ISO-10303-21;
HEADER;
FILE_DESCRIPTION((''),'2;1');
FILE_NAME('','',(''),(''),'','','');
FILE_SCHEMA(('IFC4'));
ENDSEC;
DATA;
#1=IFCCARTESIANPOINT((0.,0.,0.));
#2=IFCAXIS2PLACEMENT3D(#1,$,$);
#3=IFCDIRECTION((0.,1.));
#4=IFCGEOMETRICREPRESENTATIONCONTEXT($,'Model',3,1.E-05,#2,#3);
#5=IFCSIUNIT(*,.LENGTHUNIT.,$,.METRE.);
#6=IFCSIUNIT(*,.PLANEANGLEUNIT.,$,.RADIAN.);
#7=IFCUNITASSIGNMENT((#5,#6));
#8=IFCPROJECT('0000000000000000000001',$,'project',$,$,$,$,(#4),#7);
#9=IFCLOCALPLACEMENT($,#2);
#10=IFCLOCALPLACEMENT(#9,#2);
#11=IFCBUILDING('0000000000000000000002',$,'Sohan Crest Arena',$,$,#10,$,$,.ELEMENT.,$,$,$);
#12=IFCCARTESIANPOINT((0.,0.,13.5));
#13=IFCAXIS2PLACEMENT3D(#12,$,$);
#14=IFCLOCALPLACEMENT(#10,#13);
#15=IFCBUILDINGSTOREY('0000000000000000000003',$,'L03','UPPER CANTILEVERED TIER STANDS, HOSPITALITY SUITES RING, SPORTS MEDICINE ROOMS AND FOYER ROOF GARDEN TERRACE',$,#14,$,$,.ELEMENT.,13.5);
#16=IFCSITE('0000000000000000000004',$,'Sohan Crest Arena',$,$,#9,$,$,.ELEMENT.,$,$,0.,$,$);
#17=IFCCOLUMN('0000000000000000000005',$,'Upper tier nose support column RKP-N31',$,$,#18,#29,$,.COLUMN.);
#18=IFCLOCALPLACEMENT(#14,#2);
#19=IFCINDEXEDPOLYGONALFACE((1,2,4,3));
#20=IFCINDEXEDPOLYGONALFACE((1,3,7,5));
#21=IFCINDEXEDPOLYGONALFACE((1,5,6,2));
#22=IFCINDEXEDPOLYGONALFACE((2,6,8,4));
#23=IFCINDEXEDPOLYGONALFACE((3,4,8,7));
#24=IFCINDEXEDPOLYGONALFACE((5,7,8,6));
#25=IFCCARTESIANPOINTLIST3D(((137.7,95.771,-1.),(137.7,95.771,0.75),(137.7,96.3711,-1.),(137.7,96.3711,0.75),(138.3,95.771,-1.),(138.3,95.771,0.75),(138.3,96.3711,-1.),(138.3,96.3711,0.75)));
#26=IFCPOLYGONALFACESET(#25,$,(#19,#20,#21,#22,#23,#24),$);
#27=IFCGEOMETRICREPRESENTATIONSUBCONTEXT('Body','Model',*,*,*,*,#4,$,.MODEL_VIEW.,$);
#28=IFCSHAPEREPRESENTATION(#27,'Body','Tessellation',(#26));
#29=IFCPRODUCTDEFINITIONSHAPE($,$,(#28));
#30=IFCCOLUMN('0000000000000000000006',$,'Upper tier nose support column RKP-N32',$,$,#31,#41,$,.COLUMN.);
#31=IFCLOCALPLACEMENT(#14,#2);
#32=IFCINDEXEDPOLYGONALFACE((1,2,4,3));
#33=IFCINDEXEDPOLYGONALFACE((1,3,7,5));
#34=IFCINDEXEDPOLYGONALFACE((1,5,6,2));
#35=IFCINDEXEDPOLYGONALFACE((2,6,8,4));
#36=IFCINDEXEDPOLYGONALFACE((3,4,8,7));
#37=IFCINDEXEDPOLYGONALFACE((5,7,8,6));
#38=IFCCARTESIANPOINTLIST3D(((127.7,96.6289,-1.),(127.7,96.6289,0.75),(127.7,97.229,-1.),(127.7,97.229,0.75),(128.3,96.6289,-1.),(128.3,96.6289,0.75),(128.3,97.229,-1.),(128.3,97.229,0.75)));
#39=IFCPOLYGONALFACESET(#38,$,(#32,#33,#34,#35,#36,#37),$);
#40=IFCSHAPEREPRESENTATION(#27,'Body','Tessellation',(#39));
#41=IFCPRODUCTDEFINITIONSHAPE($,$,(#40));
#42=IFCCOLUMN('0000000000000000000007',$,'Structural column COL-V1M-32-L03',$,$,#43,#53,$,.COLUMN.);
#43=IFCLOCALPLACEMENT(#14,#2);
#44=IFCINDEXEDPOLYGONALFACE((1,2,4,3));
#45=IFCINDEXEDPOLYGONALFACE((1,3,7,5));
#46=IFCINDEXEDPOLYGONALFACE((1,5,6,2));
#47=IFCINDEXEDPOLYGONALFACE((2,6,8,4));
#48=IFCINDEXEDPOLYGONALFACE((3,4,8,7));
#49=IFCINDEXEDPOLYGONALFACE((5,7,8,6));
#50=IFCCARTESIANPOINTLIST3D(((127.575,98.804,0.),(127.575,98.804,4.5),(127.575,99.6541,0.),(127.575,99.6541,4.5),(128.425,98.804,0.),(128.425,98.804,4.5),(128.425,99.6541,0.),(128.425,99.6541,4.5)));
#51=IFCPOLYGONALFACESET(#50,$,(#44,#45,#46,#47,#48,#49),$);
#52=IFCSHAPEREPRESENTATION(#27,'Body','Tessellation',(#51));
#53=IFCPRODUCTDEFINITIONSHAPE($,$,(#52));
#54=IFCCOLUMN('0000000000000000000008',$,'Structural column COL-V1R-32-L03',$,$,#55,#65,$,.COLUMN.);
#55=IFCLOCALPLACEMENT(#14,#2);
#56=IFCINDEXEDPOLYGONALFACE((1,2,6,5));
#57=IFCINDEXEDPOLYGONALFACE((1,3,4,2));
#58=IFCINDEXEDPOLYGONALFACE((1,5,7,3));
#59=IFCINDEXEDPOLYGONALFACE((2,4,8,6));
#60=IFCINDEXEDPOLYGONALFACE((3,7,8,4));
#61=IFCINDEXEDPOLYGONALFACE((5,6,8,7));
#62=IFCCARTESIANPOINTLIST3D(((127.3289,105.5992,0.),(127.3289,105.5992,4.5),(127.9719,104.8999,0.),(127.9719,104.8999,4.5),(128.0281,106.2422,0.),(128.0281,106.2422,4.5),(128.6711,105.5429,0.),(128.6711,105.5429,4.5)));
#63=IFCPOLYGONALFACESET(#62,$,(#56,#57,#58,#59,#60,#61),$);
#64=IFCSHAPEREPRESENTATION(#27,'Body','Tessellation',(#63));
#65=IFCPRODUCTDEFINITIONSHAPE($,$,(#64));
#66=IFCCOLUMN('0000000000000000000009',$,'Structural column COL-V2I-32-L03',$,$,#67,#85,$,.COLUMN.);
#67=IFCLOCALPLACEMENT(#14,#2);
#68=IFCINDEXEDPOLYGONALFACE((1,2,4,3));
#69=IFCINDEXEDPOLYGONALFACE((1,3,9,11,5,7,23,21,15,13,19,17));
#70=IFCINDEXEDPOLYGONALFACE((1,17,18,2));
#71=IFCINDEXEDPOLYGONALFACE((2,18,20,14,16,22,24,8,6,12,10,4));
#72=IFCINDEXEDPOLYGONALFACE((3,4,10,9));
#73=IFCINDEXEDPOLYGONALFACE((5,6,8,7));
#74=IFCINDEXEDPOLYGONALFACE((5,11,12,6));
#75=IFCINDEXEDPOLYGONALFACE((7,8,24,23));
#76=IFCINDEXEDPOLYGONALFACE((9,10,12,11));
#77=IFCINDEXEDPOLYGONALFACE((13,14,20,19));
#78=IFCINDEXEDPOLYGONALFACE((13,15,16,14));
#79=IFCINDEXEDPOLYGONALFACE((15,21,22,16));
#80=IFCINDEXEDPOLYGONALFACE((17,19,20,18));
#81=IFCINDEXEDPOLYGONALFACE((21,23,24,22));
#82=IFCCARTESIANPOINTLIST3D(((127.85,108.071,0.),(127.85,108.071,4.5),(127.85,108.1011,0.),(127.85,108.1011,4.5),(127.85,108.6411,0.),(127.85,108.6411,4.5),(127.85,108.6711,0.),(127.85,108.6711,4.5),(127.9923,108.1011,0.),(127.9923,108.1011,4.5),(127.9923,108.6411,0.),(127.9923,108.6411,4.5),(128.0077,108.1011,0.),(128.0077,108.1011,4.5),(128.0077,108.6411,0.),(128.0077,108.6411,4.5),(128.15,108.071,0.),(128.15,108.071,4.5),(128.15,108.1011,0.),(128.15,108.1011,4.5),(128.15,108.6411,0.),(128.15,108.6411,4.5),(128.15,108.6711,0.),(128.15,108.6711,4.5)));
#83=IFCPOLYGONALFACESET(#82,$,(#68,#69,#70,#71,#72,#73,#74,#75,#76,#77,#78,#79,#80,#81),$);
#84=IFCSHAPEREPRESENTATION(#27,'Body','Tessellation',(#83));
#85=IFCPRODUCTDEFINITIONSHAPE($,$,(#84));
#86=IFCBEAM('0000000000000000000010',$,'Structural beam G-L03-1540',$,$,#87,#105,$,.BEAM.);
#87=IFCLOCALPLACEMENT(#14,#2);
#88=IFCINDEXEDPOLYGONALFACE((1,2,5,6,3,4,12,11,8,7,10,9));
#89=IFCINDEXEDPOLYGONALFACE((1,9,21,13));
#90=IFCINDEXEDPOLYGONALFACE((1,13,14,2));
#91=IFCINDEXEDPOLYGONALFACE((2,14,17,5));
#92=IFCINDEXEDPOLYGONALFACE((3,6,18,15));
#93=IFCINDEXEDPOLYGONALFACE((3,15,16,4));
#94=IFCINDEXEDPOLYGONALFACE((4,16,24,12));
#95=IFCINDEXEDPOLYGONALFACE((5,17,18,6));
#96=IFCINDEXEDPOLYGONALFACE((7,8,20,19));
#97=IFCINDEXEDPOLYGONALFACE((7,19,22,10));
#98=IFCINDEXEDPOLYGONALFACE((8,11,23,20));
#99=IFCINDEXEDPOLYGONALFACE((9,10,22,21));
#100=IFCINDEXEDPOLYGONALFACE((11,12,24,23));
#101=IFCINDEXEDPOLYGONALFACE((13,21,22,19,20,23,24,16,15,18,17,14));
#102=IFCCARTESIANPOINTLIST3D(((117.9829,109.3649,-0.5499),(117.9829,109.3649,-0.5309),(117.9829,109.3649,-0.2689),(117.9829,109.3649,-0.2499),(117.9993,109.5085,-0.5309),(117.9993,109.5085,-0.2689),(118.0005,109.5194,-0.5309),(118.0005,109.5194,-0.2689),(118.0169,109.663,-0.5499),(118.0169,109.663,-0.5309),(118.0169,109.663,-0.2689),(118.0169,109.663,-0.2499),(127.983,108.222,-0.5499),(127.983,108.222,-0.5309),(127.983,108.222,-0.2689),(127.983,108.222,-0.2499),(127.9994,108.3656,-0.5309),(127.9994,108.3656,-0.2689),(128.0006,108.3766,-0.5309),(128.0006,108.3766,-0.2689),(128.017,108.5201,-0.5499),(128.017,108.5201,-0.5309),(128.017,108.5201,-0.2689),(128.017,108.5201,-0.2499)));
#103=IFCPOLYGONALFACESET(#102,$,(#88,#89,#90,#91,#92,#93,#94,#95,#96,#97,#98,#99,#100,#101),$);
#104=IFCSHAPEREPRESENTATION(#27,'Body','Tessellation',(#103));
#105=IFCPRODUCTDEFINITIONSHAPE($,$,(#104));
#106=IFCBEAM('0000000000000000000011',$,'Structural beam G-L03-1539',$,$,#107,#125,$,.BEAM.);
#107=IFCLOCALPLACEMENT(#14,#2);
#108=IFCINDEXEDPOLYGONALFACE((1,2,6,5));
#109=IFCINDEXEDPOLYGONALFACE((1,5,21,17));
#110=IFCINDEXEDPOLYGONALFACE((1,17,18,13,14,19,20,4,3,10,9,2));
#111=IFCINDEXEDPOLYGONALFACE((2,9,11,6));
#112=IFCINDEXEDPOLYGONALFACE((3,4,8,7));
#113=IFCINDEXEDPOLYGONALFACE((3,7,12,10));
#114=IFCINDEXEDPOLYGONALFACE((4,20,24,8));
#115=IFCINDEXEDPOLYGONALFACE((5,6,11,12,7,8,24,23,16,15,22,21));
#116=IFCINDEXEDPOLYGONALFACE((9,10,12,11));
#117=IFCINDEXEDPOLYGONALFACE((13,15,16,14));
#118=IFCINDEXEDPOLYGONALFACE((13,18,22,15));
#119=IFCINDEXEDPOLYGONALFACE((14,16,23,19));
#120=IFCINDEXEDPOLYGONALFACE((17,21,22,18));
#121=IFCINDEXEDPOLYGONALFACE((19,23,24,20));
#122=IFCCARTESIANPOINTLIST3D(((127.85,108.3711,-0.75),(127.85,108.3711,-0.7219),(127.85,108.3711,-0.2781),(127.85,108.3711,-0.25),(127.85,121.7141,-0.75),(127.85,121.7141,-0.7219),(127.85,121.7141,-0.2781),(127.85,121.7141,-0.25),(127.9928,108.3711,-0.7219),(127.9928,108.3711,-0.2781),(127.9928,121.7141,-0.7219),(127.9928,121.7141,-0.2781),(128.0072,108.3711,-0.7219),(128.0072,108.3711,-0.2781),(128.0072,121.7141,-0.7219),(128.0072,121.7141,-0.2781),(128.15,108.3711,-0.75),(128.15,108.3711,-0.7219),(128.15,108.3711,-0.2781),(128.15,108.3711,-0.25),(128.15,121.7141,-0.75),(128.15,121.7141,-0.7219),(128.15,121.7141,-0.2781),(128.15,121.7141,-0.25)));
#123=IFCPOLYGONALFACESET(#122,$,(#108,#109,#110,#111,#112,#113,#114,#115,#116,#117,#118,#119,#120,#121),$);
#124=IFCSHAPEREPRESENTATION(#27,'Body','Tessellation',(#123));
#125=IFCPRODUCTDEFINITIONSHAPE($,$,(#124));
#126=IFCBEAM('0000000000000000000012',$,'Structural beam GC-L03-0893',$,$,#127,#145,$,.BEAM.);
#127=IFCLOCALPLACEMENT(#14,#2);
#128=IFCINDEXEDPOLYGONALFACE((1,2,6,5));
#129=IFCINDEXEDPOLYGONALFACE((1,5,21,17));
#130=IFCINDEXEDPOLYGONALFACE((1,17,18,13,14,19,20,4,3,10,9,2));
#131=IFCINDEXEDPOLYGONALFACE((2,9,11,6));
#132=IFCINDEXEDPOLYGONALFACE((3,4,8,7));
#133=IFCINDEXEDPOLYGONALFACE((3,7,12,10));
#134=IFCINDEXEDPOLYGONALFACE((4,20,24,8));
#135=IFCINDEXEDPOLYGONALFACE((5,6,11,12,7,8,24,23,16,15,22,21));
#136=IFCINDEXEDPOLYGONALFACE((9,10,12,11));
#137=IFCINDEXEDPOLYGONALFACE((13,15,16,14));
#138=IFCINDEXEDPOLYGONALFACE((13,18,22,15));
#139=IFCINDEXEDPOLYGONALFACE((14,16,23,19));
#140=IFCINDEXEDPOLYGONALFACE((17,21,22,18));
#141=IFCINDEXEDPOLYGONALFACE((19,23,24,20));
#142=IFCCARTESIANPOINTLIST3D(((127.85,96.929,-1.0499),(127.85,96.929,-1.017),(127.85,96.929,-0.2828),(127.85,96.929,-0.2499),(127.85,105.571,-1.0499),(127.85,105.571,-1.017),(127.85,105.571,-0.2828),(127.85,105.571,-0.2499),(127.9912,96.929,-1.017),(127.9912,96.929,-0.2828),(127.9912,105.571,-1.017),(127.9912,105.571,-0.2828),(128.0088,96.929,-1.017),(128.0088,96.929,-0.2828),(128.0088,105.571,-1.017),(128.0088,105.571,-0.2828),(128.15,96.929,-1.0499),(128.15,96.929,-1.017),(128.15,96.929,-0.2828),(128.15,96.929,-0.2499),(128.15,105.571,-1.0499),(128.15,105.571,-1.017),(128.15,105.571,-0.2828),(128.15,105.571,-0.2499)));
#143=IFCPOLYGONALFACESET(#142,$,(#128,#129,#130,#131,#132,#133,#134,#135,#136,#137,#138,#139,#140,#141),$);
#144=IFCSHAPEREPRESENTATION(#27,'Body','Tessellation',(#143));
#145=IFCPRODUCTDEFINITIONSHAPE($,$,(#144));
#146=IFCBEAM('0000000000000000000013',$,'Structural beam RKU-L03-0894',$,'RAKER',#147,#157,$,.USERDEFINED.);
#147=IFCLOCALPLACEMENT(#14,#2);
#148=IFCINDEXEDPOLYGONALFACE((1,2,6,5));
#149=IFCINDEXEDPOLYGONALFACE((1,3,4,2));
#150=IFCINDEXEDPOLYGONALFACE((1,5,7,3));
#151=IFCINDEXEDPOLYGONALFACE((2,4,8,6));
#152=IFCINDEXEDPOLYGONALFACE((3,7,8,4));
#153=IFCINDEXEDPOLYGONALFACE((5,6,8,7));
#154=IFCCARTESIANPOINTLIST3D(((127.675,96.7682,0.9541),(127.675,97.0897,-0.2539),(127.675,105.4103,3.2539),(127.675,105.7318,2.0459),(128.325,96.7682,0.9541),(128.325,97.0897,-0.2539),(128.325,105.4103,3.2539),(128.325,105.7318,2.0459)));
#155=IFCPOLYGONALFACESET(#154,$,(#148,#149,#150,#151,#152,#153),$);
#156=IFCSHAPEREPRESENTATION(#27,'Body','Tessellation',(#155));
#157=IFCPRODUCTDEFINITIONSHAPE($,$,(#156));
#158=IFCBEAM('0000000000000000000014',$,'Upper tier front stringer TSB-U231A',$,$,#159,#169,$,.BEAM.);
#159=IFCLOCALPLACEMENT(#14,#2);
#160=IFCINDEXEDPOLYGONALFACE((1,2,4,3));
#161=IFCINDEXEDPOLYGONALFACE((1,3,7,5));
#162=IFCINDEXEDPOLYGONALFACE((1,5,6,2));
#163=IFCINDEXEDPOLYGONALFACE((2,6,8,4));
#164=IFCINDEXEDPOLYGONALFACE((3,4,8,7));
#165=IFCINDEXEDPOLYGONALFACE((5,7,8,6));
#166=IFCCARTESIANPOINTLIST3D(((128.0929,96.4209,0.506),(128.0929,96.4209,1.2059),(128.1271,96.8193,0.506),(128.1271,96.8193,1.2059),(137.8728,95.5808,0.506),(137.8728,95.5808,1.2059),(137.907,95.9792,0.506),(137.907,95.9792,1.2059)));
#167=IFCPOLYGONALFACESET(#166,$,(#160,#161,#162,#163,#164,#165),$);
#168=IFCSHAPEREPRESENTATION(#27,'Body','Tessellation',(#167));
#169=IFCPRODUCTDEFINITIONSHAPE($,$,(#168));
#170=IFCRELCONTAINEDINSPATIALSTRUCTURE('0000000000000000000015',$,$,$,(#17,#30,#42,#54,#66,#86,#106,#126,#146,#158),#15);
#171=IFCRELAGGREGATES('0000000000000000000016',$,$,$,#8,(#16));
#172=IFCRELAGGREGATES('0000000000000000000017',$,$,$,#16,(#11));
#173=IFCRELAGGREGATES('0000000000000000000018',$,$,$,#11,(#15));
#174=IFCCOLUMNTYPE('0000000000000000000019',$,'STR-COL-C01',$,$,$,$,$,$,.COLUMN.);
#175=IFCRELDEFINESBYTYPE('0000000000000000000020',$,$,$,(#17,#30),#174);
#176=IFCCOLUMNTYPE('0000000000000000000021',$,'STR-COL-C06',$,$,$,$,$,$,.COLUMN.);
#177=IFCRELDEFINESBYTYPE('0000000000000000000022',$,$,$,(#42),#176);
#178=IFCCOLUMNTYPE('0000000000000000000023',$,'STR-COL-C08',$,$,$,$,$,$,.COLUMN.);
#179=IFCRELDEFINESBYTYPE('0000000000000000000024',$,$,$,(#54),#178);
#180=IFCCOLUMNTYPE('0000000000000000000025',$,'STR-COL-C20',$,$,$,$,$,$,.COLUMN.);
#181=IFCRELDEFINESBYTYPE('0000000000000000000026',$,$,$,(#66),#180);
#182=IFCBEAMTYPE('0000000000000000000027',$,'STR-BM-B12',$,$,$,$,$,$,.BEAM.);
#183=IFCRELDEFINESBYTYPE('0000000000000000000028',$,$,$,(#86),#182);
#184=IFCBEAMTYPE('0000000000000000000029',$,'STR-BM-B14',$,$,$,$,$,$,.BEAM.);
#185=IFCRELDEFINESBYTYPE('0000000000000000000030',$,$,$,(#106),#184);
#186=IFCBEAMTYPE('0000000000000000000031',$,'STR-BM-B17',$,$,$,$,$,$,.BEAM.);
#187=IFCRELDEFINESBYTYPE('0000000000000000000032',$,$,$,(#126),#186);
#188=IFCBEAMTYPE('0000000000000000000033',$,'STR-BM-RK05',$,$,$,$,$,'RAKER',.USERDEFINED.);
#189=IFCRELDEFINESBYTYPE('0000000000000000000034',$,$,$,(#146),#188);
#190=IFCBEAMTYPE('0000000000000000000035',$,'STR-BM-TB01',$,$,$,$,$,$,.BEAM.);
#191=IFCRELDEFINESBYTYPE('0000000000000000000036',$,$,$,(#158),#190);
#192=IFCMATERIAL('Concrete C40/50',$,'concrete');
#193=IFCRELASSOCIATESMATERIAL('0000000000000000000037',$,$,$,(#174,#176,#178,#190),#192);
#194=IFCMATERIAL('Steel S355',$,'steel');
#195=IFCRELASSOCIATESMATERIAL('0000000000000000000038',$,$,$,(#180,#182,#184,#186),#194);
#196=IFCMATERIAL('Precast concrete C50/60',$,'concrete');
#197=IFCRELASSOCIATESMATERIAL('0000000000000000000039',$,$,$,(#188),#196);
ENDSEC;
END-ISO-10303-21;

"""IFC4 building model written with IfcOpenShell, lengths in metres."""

from ifc_helpers import new_model, si_unit, direction, frame, origin, origin_2d, place, context, subcontext, project, spatial, rectangle, i_section, extrude, material, material_profile, profile_set, type_object, element, save


model = new_model("IFC4")

# Units and contexts
model_context = context("Model", 3, precision=1e-05, world=origin(), true_north=direction((0.0, 1.0)))
body_context = subcontext(model_context, "Body", "Model", "MODEL_VIEW")
ifc_project = project(units=[si_unit("LENGTHUNIT", "METRE"), si_unit("PLANEANGLEUNIT", "RADIAN")], contexts=[model_context])

# Site, building, storey
site_placement = place(None, origin())
site = spatial("IfcSite", under=ifc_project, at=site_placement, Name="Sohan Crest Arena", CompositionType="ELEMENT", RefElevation=0.0)
building_placement = place(site_placement, origin())
building = spatial("IfcBuilding", under=site, at=building_placement, Name="Sohan Crest Arena", CompositionType="ELEMENT")
storey_placement = place(building_placement, frame((0.0, 0.0, 13.5)))
storey = spatial("IfcBuildingStorey", under=building, at=storey_placement, Name="L03", Description="UPPER CANTILEVERED TIER STANDS, HOSPITALITY SUITES RING, SPORTS MEDICINE ROOMS AND FOYER ROOF GARDEN TERRACE", CompositionType="ELEMENT", Elevation=13.5)

# Columns
ifc_material_1 = material(Name="Concrete C40/50", Category="concrete")
ifc_material_profile_1 = material_profile(ifc_material_1, rectangle(XDim=0.6001, YDim=0.6001, at=origin_2d()), Name="RC 600x600")
ifc_profile_set_1 = profile_set([ifc_material_profile_1], Name="Concrete C40/50")
column_type_1 = type_object("IfcColumnType", Name="STR-COL-C01", PredefinedType="COLUMN", material=ifc_profile_set_1)
for number, where, z_axis, x_axis, name in (
    (1, (138.0, 96.071, -1.0), (0.0, 0.0, 1.0), (1.0, 0.0, 0.0), "Upper tier nose support column RKP-N31"),
    (2, (128.0, 96.929, -1.0), (0.0, 0.0, 1.0), (1.0, 0.0, 0.0), "Upper tier nose support column RKP-N32"),
):
    element("IfcColumn", number, at=place(storey_placement, frame(where, z_axis=z_axis, x_axis=x_axis)), inside=storey, type_object=column_type_1, Name=name, PredefinedType="COLUMN", context=body_context, shape_type="SweptSolid", body=[
        extrude(rectangle(XDim=0.6001, YDim=0.6001, at=origin_2d()), origin(), (0.0, 0.0, 1.0), 1.75),
    ])
ifc_material_profile_2 = material_profile(ifc_material_1, rectangle(XDim=0.8501, YDim=0.8501, at=origin_2d()), Name="RC 850x850")
ifc_profile_set_2 = profile_set([ifc_material_profile_2], Name="Concrete C40/50")
column_type_2 = type_object("IfcColumnType", Name="STR-COL-C06", PredefinedType="COLUMN", material=ifc_profile_set_2)
column_1_placement = place(storey_placement, frame((128.0, 99.229, 0.0), z_axis=(0.0, 0.0, 1.0), x_axis=(1.0, 0.0, 0.0)))
element("IfcColumn", 3, at=column_1_placement, inside=storey, type_object=column_type_2, Name="Structural column COL-V1M-32-L03", PredefinedType="COLUMN", context=body_context, shape_type="SweptSolid", body=[
    extrude(rectangle(XDim=0.8501, YDim=0.8501, at=origin_2d()), origin(), (0.0, 0.0, 1.0), 4.5),
])
ifc_material_profile_3 = material_profile(ifc_material_1, rectangle(XDim=0.95, YDim=0.95, at=origin_2d()), Name="RC 950x950")
ifc_profile_set_3 = profile_set([ifc_material_profile_3], Name="Concrete C40/50")
column_type_3 = type_object("IfcColumnType", Name="STR-COL-C08", PredefinedType="COLUMN", material=ifc_profile_set_3)
column_2_placement = place(storey_placement, frame((128.0, 105.571, 0.0), z_axis=(0.0, 0.0, 1.0), x_axis=(0.736097, 0.676876, 0.0)))
element("IfcColumn", 4, at=column_2_placement, inside=storey, type_object=column_type_3, Name="Structural column COL-V1R-32-L03", PredefinedType="COLUMN", context=body_context, shape_type="SweptSolid", body=[
    extrude(rectangle(XDim=0.95, YDim=0.95, at=origin_2d()), origin(), (0.0, 0.0, 1.0), 4.5),
])
ifc_material_2 = material(Name="Steel S355", Category="steel")
ifc_material_profile_4 = material_profile(ifc_material_2, i_section(OverallWidth=0.3, OverallDepth=0.6001, WebThickness=0.0154, FlangeThickness=0.03, at=origin_2d()), Name="HEB 600")
ifc_profile_set_4 = profile_set([ifc_material_profile_4], Name="Steel S355")
column_type_4 = type_object("IfcColumnType", Name="STR-COL-C20", PredefinedType="COLUMN", material=ifc_profile_set_4)
column_3_placement = place(storey_placement, frame((128.0, 108.3711, 0.0), z_axis=(0.0, 0.0, 1.0), x_axis=(1.0, 0.0, 0.0)))
element("IfcColumn", 5, at=column_3_placement, inside=storey, type_object=column_type_4, Name="Structural column COL-V2I-32-L03", PredefinedType="COLUMN", context=body_context, shape_type="SweptSolid", body=[
    extrude(i_section(OverallWidth=0.3, OverallDepth=0.6001, WebThickness=0.0154, FlangeThickness=0.03, at=origin_2d()), origin(), (0.0, 0.0, 1.0), 4.5),
])

# Beams
ifc_material_profile_5 = material_profile(ifc_material_2, i_section(OverallWidth=0.3, OverallDepth=0.3, WebThickness=0.011, FlangeThickness=0.019, at=origin_2d()), Name="HEB 300")
ifc_profile_set_5 = profile_set([ifc_material_profile_5], Name="Steel S355")
beam_type_1 = type_object("IfcBeamType", Name="STR-BM-B12", PredefinedType="BEAM", material=ifc_profile_set_5)
beam_1_placement = place(storey_placement, frame((128.0, 108.3711, -0.3999), z_axis=(-0.993533, 0.113543, 0.0), x_axis=(-0.113543, -0.993533, 0.0)))
element("IfcBeam", 6, at=beam_1_placement, inside=storey, type_object=beam_type_1, Name="Structural beam G-L03-1540", PredefinedType="BEAM", context=body_context, shape_type="SweptSolid", body=[
    extrude(i_section(OverallWidth=0.3, OverallDepth=0.3, WebThickness=0.011, FlangeThickness=0.019, at=origin_2d()), origin(), (0.0, 0.0, 1.0), 10.0652),
])
ifc_material_profile_6 = material_profile(ifc_material_2, i_section(OverallWidth=0.3, OverallDepth=0.5, WebThickness=0.0144, FlangeThickness=0.0281, at=origin_2d()), Name="HEB 500")
ifc_profile_set_6 = profile_set([ifc_material_profile_6], Name="Steel S355")
beam_type_2 = type_object("IfcBeamType", Name="STR-BM-B14", PredefinedType="BEAM", material=ifc_profile_set_6)
beam_2_placement = place(storey_placement, frame((128.0, 108.3711, -0.5), z_axis=(0.0, 1.0, 0.0), x_axis=(-1.0, 0.0, 0.0)))
element("IfcBeam", 7, at=beam_2_placement, inside=storey, type_object=beam_type_2, Name="Structural beam G-L03-1539", PredefinedType="BEAM", context=body_context, shape_type="SweptSolid", body=[
    extrude(i_section(OverallWidth=0.3, OverallDepth=0.5, WebThickness=0.0144, FlangeThickness=0.0281, at=origin_2d()), origin(), (0.0, 0.0, 1.0), 13.343),
])
ifc_material_profile_7 = material_profile(ifc_material_2, i_section(OverallWidth=0.3, OverallDepth=0.8, WebThickness=0.0176, FlangeThickness=0.033, at=origin_2d()), Name="HEB 800")
ifc_profile_set_7 = profile_set([ifc_material_profile_7], Name="Steel S355")
beam_type_3 = type_object("IfcBeamType", Name="STR-BM-B17", PredefinedType="BEAM", material=ifc_profile_set_7)
beam_3_placement = place(storey_placement, frame((128.0, 105.571, -0.6499), z_axis=(0.0, -1.0, 0.0), x_axis=(1.0, 0.0, 0.0)))
element("IfcBeam", 8, at=beam_3_placement, inside=storey, type_object=beam_type_3, Name="Structural beam GC-L03-0893", PredefinedType="BEAM", context=body_context, shape_type="SweptSolid", body=[
    extrude(i_section(OverallWidth=0.3, OverallDepth=0.8, WebThickness=0.0176, FlangeThickness=0.033, at=origin_2d()), origin(), (0.0, 0.0, 1.0), 8.6421),
])
ifc_material_3 = material(Name="Precast concrete C50/60", Category="concrete")
ifc_material_profile_8 = material_profile(ifc_material_3, rectangle(XDim=0.6499, YDim=1.25, at=origin_2d()), Name="RAKER 650x1250")
ifc_profile_set_8 = profile_set([ifc_material_profile_8], Name="Precast concrete C50/60")
beam_type_4 = type_object("IfcBeamType", Name="STR-BM-RK05", ElementType="RAKER", PredefinedType="USERDEFINED", material=ifc_profile_set_8)
beam_4_placement = place(storey_placement, frame((128.0, 96.929, 0.3501), z_axis=(0.0, 0.966367, 0.257166), x_axis=(-1.0, 0.0, 0.0)))
element("IfcBeam", 9, at=beam_4_placement, inside=storey, type_object=beam_type_4, Name="Structural beam RKU-L03-0894", ObjectType="RAKER", PredefinedType="USERDEFINED", context=body_context, shape_type="SweptSolid", body=[
    extrude(rectangle(XDim=0.6499, YDim=1.25, at=origin_2d()), origin(), (0.0, 0.0, 1.0), 8.9429),
])
ifc_material_profile_9 = material_profile(ifc_material_1, rectangle(XDim=0.3999, YDim=0.7, at=origin_2d()), Name="RC-BM 400x700")
ifc_profile_set_9 = profile_set([ifc_material_profile_9], Name="Concrete C40/50")
beam_type_5 = type_object("IfcBeamType", Name="STR-BM-TB01", PredefinedType="BEAM", material=ifc_profile_set_9)
beam_5_placement = place(storey_placement, frame((137.8899, 95.78, 0.856), z_axis=(-0.996331, 0.085585, 0.0), x_axis=(-0.085585, -0.996331, 0.0)))
element("IfcBeam", 10, at=beam_5_placement, inside=storey, type_object=beam_type_5, Name="Upper tier front stringer TSB-U231A", PredefinedType="BEAM", context=body_context, shape_type="SweptSolid", body=[
    extrude(rectangle(XDim=0.3999, YDim=0.7, at=origin_2d()), origin(), (0.0, 0.0, 1.0), 9.8159),
])

save(model, "model.ifc")
